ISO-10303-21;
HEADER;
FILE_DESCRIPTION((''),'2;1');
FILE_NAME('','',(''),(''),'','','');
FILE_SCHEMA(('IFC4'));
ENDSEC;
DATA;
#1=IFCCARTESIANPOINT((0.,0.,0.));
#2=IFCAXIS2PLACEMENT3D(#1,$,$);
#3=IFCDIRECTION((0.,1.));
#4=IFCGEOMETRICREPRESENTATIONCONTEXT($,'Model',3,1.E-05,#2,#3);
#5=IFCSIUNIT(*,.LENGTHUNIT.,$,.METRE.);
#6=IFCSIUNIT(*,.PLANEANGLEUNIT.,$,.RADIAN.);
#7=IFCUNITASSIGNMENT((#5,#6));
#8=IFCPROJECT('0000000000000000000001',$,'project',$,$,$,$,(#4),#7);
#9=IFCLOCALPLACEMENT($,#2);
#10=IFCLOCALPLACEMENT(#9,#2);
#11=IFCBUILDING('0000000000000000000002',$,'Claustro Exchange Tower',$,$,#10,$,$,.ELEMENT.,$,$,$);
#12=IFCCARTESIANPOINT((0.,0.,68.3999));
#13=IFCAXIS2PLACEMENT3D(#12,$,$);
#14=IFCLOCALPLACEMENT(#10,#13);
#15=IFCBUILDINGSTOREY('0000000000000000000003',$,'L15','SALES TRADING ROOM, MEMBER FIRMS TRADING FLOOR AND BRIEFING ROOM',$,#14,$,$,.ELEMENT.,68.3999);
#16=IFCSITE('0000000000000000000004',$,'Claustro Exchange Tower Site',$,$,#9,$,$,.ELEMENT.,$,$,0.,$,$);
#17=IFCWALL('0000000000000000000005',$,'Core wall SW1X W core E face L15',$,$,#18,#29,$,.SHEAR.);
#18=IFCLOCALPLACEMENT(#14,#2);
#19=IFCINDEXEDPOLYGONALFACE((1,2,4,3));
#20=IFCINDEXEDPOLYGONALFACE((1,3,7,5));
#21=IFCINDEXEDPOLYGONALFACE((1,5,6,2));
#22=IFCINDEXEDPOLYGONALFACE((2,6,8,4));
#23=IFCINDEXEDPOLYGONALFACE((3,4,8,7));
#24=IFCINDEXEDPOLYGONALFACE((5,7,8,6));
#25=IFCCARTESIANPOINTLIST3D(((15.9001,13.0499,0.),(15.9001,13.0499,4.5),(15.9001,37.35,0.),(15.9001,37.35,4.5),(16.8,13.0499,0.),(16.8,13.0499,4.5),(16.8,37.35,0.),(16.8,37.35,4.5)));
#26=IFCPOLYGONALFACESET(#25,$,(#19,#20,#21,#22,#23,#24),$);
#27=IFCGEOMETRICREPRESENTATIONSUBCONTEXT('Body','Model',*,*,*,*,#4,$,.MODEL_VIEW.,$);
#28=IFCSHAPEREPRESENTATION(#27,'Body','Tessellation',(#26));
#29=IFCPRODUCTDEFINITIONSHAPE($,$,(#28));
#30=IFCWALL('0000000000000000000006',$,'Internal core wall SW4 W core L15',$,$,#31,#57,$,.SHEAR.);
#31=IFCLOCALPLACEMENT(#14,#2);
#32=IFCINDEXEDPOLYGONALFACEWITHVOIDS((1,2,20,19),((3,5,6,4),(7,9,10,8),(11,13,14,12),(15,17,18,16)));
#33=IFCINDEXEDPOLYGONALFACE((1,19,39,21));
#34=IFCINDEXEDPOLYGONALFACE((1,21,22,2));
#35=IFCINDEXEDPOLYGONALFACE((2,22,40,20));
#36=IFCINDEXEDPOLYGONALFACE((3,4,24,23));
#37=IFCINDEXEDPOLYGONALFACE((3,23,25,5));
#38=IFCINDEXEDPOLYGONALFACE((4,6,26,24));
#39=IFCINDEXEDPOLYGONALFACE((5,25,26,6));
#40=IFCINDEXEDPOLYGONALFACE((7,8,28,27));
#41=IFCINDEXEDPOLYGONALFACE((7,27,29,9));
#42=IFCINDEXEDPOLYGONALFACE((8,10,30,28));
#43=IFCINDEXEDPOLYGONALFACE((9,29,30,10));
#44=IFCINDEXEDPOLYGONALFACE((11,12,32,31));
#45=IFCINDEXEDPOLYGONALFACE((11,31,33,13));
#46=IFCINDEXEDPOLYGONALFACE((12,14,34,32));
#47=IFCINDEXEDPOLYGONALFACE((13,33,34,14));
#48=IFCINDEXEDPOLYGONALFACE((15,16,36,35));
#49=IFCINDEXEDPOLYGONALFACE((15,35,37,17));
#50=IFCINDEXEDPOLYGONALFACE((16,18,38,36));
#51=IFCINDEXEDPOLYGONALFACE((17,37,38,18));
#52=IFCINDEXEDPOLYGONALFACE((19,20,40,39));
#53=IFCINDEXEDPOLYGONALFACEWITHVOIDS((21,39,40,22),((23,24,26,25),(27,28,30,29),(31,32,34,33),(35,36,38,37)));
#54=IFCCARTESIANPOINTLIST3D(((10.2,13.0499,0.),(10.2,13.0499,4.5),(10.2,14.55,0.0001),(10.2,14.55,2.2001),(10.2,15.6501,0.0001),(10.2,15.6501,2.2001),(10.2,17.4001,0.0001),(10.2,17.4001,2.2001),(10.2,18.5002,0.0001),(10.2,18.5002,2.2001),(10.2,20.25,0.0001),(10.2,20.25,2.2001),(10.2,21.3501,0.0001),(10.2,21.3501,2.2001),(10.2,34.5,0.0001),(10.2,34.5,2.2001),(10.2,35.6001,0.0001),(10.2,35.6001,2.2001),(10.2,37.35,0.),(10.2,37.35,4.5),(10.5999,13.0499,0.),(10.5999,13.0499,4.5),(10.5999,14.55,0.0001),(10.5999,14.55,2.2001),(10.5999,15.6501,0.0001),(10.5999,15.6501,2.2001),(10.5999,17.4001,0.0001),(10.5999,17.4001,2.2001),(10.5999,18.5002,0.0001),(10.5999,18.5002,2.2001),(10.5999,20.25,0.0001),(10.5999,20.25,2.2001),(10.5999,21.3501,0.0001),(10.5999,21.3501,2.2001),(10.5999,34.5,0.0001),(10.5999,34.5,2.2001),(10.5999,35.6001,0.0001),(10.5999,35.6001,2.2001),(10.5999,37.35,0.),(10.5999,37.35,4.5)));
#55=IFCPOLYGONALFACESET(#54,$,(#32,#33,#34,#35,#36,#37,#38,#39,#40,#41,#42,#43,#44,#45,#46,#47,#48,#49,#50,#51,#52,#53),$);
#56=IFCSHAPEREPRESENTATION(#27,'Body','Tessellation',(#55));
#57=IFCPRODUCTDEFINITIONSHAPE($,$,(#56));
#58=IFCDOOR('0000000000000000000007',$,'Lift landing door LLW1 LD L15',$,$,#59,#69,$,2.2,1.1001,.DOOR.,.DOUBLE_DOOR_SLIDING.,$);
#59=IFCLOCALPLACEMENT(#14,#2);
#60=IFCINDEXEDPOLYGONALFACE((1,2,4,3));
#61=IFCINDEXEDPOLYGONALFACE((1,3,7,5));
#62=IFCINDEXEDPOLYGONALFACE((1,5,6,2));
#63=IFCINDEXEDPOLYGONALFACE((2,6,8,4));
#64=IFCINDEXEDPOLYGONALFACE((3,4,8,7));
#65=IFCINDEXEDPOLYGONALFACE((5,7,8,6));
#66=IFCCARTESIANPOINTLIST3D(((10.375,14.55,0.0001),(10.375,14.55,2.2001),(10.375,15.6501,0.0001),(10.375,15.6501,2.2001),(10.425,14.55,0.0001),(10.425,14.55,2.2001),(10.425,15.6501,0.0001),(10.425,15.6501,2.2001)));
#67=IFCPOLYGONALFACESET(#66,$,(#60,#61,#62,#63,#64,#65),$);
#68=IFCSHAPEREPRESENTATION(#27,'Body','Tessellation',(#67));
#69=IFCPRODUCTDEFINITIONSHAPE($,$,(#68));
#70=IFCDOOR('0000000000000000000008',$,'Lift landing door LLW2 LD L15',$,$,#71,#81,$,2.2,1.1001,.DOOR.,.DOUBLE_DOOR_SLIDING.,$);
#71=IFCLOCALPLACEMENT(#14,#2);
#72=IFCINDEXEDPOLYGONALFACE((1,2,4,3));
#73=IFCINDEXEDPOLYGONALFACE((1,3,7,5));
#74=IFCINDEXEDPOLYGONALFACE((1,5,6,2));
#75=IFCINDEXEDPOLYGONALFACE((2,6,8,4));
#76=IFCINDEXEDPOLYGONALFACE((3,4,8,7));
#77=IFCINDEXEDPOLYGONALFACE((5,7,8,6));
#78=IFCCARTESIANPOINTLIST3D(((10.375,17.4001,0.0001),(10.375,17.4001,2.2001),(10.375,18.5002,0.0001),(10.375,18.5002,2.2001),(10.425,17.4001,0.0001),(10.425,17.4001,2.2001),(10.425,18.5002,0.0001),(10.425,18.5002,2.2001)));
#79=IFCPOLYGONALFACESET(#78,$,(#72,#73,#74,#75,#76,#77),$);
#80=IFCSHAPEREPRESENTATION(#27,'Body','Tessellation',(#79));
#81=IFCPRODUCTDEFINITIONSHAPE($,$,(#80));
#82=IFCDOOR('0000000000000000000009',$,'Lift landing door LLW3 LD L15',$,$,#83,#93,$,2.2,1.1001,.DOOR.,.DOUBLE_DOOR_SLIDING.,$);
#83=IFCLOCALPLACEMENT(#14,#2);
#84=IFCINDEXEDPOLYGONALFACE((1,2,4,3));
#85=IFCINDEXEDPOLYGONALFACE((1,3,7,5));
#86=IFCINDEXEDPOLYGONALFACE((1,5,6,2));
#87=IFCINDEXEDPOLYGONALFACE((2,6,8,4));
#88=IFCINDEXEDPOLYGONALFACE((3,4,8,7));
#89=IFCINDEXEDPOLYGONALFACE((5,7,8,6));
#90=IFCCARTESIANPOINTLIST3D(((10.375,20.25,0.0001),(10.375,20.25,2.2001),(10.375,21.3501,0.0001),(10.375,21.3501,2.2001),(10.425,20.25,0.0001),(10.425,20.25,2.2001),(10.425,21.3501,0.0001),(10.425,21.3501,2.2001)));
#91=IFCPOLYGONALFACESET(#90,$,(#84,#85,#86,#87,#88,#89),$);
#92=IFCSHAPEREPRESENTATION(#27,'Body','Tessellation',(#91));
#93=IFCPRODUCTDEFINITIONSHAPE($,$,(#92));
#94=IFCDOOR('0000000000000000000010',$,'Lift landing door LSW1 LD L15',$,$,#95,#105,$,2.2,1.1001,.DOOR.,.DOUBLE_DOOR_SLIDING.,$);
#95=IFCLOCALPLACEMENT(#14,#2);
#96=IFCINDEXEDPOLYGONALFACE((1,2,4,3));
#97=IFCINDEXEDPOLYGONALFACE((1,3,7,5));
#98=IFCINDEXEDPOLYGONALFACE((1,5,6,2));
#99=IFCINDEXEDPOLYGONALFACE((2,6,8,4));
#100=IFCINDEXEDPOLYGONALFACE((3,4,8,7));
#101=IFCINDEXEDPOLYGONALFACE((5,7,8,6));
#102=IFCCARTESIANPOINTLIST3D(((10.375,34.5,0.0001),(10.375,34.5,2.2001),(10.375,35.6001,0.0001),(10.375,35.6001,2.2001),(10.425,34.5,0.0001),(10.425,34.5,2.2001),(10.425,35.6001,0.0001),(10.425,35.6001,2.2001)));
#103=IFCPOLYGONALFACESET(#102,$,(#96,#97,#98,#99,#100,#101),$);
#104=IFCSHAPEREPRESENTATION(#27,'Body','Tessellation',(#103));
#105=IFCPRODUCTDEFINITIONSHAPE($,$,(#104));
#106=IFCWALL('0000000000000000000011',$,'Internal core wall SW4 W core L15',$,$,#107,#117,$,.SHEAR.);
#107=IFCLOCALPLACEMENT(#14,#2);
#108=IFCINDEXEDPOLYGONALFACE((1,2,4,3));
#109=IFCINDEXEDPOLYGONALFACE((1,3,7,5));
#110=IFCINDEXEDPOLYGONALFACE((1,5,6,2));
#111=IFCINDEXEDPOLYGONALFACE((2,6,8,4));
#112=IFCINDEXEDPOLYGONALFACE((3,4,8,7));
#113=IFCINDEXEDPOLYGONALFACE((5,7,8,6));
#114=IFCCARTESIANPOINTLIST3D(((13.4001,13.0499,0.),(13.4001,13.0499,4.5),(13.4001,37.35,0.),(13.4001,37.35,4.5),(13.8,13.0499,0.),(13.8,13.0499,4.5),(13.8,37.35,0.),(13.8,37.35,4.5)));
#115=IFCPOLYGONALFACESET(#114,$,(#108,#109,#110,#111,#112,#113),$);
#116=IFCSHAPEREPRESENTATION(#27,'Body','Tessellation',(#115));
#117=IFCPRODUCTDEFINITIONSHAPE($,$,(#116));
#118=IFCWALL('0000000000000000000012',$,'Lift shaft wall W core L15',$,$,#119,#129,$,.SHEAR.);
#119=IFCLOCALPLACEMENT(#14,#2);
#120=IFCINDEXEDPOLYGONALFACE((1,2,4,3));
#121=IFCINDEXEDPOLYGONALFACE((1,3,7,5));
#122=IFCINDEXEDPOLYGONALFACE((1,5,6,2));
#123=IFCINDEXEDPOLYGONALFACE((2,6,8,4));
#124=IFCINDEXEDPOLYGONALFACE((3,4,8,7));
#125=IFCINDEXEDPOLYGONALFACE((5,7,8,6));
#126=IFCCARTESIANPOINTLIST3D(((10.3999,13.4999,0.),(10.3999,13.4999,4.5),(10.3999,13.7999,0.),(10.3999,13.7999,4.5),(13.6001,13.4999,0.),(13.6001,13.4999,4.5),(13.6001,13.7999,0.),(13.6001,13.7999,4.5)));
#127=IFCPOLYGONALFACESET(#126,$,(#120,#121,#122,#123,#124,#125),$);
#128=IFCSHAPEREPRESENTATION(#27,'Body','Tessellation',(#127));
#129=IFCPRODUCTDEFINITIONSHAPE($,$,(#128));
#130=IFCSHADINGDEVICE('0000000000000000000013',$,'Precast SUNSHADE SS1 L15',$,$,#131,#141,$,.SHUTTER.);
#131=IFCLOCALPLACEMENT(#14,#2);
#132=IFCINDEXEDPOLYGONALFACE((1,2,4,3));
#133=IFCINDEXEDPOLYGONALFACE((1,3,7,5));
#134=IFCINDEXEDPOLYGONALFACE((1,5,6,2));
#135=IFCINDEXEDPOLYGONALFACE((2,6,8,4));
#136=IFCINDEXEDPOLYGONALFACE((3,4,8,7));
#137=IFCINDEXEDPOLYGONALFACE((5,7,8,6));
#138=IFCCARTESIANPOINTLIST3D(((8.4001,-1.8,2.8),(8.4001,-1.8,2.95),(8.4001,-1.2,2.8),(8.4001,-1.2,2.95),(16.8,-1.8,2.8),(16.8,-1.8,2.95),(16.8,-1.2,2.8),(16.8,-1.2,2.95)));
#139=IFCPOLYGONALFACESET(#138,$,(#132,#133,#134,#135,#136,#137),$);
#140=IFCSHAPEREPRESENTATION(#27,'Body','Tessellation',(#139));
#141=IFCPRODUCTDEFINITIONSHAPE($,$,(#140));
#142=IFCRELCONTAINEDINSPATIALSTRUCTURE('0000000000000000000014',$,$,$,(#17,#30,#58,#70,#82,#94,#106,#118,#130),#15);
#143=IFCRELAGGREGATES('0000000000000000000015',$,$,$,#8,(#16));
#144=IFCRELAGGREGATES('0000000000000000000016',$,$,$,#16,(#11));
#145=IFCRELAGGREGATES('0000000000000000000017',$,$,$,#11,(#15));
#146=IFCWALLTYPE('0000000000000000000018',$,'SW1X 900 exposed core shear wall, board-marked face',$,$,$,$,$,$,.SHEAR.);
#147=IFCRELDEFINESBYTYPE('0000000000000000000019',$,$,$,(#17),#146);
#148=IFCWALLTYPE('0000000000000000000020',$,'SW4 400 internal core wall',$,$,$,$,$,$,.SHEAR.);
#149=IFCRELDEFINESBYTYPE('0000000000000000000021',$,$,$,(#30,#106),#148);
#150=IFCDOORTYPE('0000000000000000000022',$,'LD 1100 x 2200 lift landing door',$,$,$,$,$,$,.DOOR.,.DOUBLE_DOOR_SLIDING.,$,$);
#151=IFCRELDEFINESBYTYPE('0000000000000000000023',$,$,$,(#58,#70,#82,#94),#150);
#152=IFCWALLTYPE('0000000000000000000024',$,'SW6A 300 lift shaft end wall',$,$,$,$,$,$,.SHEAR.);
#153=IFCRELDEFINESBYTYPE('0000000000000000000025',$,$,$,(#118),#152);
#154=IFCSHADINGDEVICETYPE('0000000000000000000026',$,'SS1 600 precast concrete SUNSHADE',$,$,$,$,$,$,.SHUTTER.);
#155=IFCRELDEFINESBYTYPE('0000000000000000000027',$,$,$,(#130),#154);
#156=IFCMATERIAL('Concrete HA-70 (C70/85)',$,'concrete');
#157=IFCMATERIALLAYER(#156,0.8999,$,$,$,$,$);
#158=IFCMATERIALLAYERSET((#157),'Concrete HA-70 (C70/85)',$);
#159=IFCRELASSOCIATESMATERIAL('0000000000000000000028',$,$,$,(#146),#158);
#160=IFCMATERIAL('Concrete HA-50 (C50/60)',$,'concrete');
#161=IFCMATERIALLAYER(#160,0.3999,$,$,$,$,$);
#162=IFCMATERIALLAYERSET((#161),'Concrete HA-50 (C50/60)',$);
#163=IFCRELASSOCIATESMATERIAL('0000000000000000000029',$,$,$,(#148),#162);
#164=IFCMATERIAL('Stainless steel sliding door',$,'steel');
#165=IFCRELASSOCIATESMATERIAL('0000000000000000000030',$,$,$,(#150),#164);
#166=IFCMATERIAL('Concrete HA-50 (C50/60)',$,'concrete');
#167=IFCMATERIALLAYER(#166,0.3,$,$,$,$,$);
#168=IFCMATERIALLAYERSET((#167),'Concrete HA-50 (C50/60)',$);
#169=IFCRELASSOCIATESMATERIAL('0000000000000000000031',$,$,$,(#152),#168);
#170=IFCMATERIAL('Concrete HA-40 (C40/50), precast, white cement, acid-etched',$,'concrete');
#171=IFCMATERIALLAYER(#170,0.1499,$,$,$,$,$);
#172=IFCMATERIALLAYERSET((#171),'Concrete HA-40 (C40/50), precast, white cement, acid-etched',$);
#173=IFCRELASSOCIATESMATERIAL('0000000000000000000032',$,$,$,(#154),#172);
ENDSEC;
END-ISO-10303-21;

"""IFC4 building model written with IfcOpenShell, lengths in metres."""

from ifc_helpers import new_model, si_unit, direction, frame, frame_2d, origin, origin_2d, place, context, subcontext, project, spatial, rectangle, extrude, material, layer, layer_set, type_object, element, fill, save


model = new_model("IFC4")

# Units and contexts
model_context = context("Model", 3, precision=1e-05, world=origin(), true_north=direction((0.0, 1.0)))
body_context = subcontext(model_context, "Body", "Model", "MODEL_VIEW")
ifc_project = project(units=[si_unit("LENGTHUNIT", "METRE"), si_unit("PLANEANGLEUNIT", "RADIAN")], contexts=[model_context])

# Site, building, storey
site_placement = place(None, origin())
site = spatial("IfcSite", under=ifc_project, at=site_placement, Name="Claustro Exchange Tower Site", CompositionType="ELEMENT", RefElevation=0.0)
building_placement = place(site_placement, origin())
building = spatial("IfcBuilding", under=site, at=building_placement, Name="Claustro Exchange Tower", CompositionType="ELEMENT")
storey_placement = place(building_placement, frame((0.0, 0.0, 68.3999)))
storey = spatial("IfcBuildingStorey", under=building, at=storey_placement, Name="L15", Description="SALES TRADING ROOM, MEMBER FIRMS TRADING FLOOR AND BRIEFING ROOM", CompositionType="ELEMENT", Elevation=68.3999)

# Wall
ifc_material_1 = material(Name="Concrete HA-70 (C70/85)", Category="concrete")
ifc_layer_1 = layer(ifc_material_1, 0.8999)
ifc_layer_set_1 = layer_set([ifc_layer_1], Name="Concrete HA-70 (C70/85)")
wall_type_1 = type_object("IfcWallType", Name="SW1X 900 exposed core shear wall, board-marked face", PredefinedType="SHEAR", material=ifc_layer_set_1)
wall_1_placement = place(storey_placement, frame((16.3501, 13.05, 0.0), z_axis=(0.0, 0.0, 1.0), x_axis=(0.0, 1.0, 0.0)))
element("IfcWall", 1, at=wall_1_placement, inside=storey, type_object=wall_type_1, Name="Core wall SW1X W core E face L15", PredefinedType="SHEAR", context=body_context, shape_type="SweptSolid", body=[
    extrude(rectangle(XDim=24.3, YDim=0.8999, at=frame_2d((12.1499, 0.0))), origin(), (0.0, 0.0, 1.0), 4.5),
])

# Wall, openings, doors
ifc_material_2 = material(Name="Concrete HA-50 (C50/60)", Category="concrete")
ifc_layer_2 = layer(ifc_material_2, 0.3999)
ifc_layer_set_2 = layer_set([ifc_layer_2], Name="Concrete HA-50 (C50/60)")
wall_type_2 = type_object("IfcWallType", Name="SW4 400 internal core wall", PredefinedType="SHEAR", material=ifc_layer_set_2)
wall_2_placement = place(storey_placement, frame((10.3999, 13.05, 0.0), z_axis=(0.0, 0.0, 1.0), x_axis=(0.0, 1.0, 0.0)))
wall_2 = element("IfcWall", 2, at=wall_2_placement, inside=storey, type_object=wall_type_2, Name="Internal core wall SW4 W core L15", PredefinedType="SHEAR", context=body_context, shape_type="SweptSolid", body=[
    extrude(rectangle(XDim=24.3, YDim=0.3999, at=frame_2d((12.1499, 0.0))), origin(), (0.0, 0.0, 1.0), 4.5),
])
opening_1_placement = place(wall_2_placement, frame((1.5, 0.0, 0.0)))
opening_1 = element("IfcOpeningElement", 3, at=opening_1_placement, cuts=wall_2, PredefinedType="OPENING", context=body_context, shape_type="SweptSolid", body=[
    extrude(rectangle(XDim=1.1001, YDim=2.2, at=frame_2d((0.55, 1.1001))), frame((0.0, 0.21, 0.0), z_axis=(0.0, -1.0, 0.0), x_axis=(1.0, 0.0, 0.0)), (0.0, 0.0, 1.0), 0.4199),
])
opening_2_placement = place(wall_2_placement, frame((4.3501, 0.0, 0.0)))
opening_2 = element("IfcOpeningElement", 4, at=opening_2_placement, cuts=wall_2, PredefinedType="OPENING", context=body_context, shape_type="SweptSolid", body=[
    extrude(rectangle(XDim=1.1001, YDim=2.2, at=frame_2d((0.55, 1.1001))), frame((0.0, 0.21, 0.0), z_axis=(0.0, -1.0, 0.0), x_axis=(1.0, 0.0, 0.0)), (0.0, 0.0, 1.0), 0.4199),
])
opening_3_placement = place(wall_2_placement, frame((7.2, 0.0, 0.0)))
opening_3 = element("IfcOpeningElement", 5, at=opening_3_placement, cuts=wall_2, PredefinedType="OPENING", context=body_context, shape_type="SweptSolid", body=[
    extrude(rectangle(XDim=1.1001, YDim=2.2, at=frame_2d((0.55, 1.1001))), frame((0.0, 0.21, 0.0), z_axis=(0.0, -1.0, 0.0), x_axis=(1.0, 0.0, 0.0)), (0.0, 0.0, 1.0), 0.4199),
])
opening_4_placement = place(wall_2_placement, frame((21.45, 0.0, 0.0)))
opening_4 = element("IfcOpeningElement", 6, at=opening_4_placement, cuts=wall_2, PredefinedType="OPENING", context=body_context, shape_type="SweptSolid", body=[
    extrude(rectangle(XDim=1.1001, YDim=2.2, at=frame_2d((0.55, 1.1001))), frame((0.0, 0.21, 0.0), z_axis=(0.0, -1.0, 0.0), x_axis=(1.0, 0.0, 0.0)), (0.0, 0.0, 1.0), 0.4199),
])
ifc_material_3 = material(Name="Stainless steel sliding door", Category="steel")
door_type_1 = type_object("IfcDoorType", Name="LD 1100 x 2200 lift landing door", OperationType="DOUBLE_DOOR_SLIDING", PredefinedType="DOOR", material=ifc_material_3)
door_1_placement = place(opening_1_placement, origin())
door_1 = element("IfcDoor", 7, at=door_1_placement, inside=storey, type_object=door_type_1, Name="Lift landing door LLW1 LD L15", OperationType="DOUBLE_DOOR_SLIDING", OverallHeight=2.2, OverallWidth=1.1001, PredefinedType="DOOR", context=body_context, shape_type="SweptSolid", body=[
    extrude(rectangle(XDim=1.1001, YDim=2.2, at=frame_2d((0.55, 1.1001))), frame((0.0, 0.0249, 0.0), z_axis=(0.0, -1.0, 0.0), x_axis=(1.0, 0.0, 0.0)), (0.0, 0.0, 1.0), 0.05),
])
fill(opening_1, door_1)
door_2_placement = place(opening_2_placement, origin())
door_2 = element("IfcDoor", 8, at=door_2_placement, inside=storey, type_object=door_type_1, Name="Lift landing door LLW2 LD L15", OperationType="DOUBLE_DOOR_SLIDING", OverallHeight=2.2, OverallWidth=1.1001, PredefinedType="DOOR", context=body_context, shape_type="SweptSolid", body=[
    extrude(rectangle(XDim=1.1001, YDim=2.2, at=frame_2d((0.55, 1.1001))), frame((0.0, 0.0249, 0.0), z_axis=(0.0, -1.0, 0.0), x_axis=(1.0, 0.0, 0.0)), (0.0, 0.0, 1.0), 0.05),
])
fill(opening_2, door_2)
door_3_placement = place(opening_3_placement, origin())
door_3 = element("IfcDoor", 9, at=door_3_placement, inside=storey, type_object=door_type_1, Name="Lift landing door LLW3 LD L15", OperationType="DOUBLE_DOOR_SLIDING", OverallHeight=2.2, OverallWidth=1.1001, PredefinedType="DOOR", context=body_context, shape_type="SweptSolid", body=[
    extrude(rectangle(XDim=1.1001, YDim=2.2, at=frame_2d((0.55, 1.1001))), frame((0.0, 0.0249, 0.0), z_axis=(0.0, -1.0, 0.0), x_axis=(1.0, 0.0, 0.0)), (0.0, 0.0, 1.0), 0.05),
])
fill(opening_3, door_3)
door_4_placement = place(opening_4_placement, origin())
door_4 = element("IfcDoor", 10, at=door_4_placement, inside=storey, type_object=door_type_1, Name="Lift landing door LSW1 LD L15", OperationType="DOUBLE_DOOR_SLIDING", OverallHeight=2.2, OverallWidth=1.1001, PredefinedType="DOOR", context=body_context, shape_type="SweptSolid", body=[
    extrude(rectangle(XDim=1.1001, YDim=2.2, at=frame_2d((0.55, 1.1001))), frame((0.0, 0.0249, 0.0), z_axis=(0.0, -1.0, 0.0), x_axis=(1.0, 0.0, 0.0)), (0.0, 0.0, 1.0), 0.05),
])
fill(opening_4, door_4)

# Walls
wall_3_placement = place(storey_placement, frame((13.6001, 13.05, 0.0), z_axis=(0.0, 0.0, 1.0), x_axis=(0.0, 1.0, 0.0)))
element("IfcWall", 11, at=wall_3_placement, inside=storey, type_object=wall_type_2, Name="Internal core wall SW4 W core L15", PredefinedType="SHEAR", context=body_context, shape_type="SweptSolid", body=[
    extrude(rectangle(XDim=24.3, YDim=0.3999, at=frame_2d((12.1499, 0.0))), origin(), (0.0, 0.0, 1.0), 4.5),
])
ifc_material_4 = material(Name="Concrete HA-50 (C50/60)", Category="concrete")
ifc_layer_3 = layer(ifc_material_4, 0.3)
ifc_layer_set_3 = layer_set([ifc_layer_3], Name="Concrete HA-50 (C50/60)")
wall_type_3 = type_object("IfcWallType", Name="SW6A 300 lift shaft end wall", PredefinedType="SHEAR", material=ifc_layer_set_3)
wall_4_placement = place(storey_placement, frame((10.3999, 13.6499, 0.0), z_axis=(0.0, 0.0, 1.0), x_axis=(1.0, 0.0, 0.0)))
element("IfcWall", 12, at=wall_4_placement, inside=storey, type_object=wall_type_3, Name="Lift shaft wall W core L15", PredefinedType="SHEAR", context=body_context, shape_type="SweptSolid", body=[
    extrude(rectangle(XDim=3.2002, YDim=0.3, at=frame_2d((1.6001, 0.0))), origin(), (0.0, 0.0, 1.0), 4.5),
])

# Shading device
ifc_material_5 = material(Name="Concrete HA-40 (C40/50), precast, white cement, acid-etched", Category="concrete")
ifc_layer_4 = layer(ifc_material_5, 0.1499)
ifc_layer_set_4 = layer_set([ifc_layer_4], Name="Concrete HA-40 (C40/50), precast, white cement, acid-etched")
shading_device_type = type_object("IfcShadingDeviceType", Name="SS1 600 precast concrete SUNSHADE", PredefinedType="SHUTTER", material=ifc_layer_set_4)
shading_device_placement = place(storey_placement, frame((12.6001, -1.5, 2.8), z_axis=(0.0, 0.0, 1.0), x_axis=(-1.0, 0.0, 0.0)))
element("IfcShadingDevice", 13, at=shading_device_placement, inside=storey, type_object=shading_device_type, Name="Precast SUNSHADE SS1 L15", PredefinedType="SHUTTER", context=body_context, shape_type="SweptSolid", body=[
    extrude(rectangle(XDim=8.3999, YDim=0.6001, at=origin_2d()), origin(), (0.0, 0.0, 1.0), 0.1499),
])

save(model, "model.ifc")
